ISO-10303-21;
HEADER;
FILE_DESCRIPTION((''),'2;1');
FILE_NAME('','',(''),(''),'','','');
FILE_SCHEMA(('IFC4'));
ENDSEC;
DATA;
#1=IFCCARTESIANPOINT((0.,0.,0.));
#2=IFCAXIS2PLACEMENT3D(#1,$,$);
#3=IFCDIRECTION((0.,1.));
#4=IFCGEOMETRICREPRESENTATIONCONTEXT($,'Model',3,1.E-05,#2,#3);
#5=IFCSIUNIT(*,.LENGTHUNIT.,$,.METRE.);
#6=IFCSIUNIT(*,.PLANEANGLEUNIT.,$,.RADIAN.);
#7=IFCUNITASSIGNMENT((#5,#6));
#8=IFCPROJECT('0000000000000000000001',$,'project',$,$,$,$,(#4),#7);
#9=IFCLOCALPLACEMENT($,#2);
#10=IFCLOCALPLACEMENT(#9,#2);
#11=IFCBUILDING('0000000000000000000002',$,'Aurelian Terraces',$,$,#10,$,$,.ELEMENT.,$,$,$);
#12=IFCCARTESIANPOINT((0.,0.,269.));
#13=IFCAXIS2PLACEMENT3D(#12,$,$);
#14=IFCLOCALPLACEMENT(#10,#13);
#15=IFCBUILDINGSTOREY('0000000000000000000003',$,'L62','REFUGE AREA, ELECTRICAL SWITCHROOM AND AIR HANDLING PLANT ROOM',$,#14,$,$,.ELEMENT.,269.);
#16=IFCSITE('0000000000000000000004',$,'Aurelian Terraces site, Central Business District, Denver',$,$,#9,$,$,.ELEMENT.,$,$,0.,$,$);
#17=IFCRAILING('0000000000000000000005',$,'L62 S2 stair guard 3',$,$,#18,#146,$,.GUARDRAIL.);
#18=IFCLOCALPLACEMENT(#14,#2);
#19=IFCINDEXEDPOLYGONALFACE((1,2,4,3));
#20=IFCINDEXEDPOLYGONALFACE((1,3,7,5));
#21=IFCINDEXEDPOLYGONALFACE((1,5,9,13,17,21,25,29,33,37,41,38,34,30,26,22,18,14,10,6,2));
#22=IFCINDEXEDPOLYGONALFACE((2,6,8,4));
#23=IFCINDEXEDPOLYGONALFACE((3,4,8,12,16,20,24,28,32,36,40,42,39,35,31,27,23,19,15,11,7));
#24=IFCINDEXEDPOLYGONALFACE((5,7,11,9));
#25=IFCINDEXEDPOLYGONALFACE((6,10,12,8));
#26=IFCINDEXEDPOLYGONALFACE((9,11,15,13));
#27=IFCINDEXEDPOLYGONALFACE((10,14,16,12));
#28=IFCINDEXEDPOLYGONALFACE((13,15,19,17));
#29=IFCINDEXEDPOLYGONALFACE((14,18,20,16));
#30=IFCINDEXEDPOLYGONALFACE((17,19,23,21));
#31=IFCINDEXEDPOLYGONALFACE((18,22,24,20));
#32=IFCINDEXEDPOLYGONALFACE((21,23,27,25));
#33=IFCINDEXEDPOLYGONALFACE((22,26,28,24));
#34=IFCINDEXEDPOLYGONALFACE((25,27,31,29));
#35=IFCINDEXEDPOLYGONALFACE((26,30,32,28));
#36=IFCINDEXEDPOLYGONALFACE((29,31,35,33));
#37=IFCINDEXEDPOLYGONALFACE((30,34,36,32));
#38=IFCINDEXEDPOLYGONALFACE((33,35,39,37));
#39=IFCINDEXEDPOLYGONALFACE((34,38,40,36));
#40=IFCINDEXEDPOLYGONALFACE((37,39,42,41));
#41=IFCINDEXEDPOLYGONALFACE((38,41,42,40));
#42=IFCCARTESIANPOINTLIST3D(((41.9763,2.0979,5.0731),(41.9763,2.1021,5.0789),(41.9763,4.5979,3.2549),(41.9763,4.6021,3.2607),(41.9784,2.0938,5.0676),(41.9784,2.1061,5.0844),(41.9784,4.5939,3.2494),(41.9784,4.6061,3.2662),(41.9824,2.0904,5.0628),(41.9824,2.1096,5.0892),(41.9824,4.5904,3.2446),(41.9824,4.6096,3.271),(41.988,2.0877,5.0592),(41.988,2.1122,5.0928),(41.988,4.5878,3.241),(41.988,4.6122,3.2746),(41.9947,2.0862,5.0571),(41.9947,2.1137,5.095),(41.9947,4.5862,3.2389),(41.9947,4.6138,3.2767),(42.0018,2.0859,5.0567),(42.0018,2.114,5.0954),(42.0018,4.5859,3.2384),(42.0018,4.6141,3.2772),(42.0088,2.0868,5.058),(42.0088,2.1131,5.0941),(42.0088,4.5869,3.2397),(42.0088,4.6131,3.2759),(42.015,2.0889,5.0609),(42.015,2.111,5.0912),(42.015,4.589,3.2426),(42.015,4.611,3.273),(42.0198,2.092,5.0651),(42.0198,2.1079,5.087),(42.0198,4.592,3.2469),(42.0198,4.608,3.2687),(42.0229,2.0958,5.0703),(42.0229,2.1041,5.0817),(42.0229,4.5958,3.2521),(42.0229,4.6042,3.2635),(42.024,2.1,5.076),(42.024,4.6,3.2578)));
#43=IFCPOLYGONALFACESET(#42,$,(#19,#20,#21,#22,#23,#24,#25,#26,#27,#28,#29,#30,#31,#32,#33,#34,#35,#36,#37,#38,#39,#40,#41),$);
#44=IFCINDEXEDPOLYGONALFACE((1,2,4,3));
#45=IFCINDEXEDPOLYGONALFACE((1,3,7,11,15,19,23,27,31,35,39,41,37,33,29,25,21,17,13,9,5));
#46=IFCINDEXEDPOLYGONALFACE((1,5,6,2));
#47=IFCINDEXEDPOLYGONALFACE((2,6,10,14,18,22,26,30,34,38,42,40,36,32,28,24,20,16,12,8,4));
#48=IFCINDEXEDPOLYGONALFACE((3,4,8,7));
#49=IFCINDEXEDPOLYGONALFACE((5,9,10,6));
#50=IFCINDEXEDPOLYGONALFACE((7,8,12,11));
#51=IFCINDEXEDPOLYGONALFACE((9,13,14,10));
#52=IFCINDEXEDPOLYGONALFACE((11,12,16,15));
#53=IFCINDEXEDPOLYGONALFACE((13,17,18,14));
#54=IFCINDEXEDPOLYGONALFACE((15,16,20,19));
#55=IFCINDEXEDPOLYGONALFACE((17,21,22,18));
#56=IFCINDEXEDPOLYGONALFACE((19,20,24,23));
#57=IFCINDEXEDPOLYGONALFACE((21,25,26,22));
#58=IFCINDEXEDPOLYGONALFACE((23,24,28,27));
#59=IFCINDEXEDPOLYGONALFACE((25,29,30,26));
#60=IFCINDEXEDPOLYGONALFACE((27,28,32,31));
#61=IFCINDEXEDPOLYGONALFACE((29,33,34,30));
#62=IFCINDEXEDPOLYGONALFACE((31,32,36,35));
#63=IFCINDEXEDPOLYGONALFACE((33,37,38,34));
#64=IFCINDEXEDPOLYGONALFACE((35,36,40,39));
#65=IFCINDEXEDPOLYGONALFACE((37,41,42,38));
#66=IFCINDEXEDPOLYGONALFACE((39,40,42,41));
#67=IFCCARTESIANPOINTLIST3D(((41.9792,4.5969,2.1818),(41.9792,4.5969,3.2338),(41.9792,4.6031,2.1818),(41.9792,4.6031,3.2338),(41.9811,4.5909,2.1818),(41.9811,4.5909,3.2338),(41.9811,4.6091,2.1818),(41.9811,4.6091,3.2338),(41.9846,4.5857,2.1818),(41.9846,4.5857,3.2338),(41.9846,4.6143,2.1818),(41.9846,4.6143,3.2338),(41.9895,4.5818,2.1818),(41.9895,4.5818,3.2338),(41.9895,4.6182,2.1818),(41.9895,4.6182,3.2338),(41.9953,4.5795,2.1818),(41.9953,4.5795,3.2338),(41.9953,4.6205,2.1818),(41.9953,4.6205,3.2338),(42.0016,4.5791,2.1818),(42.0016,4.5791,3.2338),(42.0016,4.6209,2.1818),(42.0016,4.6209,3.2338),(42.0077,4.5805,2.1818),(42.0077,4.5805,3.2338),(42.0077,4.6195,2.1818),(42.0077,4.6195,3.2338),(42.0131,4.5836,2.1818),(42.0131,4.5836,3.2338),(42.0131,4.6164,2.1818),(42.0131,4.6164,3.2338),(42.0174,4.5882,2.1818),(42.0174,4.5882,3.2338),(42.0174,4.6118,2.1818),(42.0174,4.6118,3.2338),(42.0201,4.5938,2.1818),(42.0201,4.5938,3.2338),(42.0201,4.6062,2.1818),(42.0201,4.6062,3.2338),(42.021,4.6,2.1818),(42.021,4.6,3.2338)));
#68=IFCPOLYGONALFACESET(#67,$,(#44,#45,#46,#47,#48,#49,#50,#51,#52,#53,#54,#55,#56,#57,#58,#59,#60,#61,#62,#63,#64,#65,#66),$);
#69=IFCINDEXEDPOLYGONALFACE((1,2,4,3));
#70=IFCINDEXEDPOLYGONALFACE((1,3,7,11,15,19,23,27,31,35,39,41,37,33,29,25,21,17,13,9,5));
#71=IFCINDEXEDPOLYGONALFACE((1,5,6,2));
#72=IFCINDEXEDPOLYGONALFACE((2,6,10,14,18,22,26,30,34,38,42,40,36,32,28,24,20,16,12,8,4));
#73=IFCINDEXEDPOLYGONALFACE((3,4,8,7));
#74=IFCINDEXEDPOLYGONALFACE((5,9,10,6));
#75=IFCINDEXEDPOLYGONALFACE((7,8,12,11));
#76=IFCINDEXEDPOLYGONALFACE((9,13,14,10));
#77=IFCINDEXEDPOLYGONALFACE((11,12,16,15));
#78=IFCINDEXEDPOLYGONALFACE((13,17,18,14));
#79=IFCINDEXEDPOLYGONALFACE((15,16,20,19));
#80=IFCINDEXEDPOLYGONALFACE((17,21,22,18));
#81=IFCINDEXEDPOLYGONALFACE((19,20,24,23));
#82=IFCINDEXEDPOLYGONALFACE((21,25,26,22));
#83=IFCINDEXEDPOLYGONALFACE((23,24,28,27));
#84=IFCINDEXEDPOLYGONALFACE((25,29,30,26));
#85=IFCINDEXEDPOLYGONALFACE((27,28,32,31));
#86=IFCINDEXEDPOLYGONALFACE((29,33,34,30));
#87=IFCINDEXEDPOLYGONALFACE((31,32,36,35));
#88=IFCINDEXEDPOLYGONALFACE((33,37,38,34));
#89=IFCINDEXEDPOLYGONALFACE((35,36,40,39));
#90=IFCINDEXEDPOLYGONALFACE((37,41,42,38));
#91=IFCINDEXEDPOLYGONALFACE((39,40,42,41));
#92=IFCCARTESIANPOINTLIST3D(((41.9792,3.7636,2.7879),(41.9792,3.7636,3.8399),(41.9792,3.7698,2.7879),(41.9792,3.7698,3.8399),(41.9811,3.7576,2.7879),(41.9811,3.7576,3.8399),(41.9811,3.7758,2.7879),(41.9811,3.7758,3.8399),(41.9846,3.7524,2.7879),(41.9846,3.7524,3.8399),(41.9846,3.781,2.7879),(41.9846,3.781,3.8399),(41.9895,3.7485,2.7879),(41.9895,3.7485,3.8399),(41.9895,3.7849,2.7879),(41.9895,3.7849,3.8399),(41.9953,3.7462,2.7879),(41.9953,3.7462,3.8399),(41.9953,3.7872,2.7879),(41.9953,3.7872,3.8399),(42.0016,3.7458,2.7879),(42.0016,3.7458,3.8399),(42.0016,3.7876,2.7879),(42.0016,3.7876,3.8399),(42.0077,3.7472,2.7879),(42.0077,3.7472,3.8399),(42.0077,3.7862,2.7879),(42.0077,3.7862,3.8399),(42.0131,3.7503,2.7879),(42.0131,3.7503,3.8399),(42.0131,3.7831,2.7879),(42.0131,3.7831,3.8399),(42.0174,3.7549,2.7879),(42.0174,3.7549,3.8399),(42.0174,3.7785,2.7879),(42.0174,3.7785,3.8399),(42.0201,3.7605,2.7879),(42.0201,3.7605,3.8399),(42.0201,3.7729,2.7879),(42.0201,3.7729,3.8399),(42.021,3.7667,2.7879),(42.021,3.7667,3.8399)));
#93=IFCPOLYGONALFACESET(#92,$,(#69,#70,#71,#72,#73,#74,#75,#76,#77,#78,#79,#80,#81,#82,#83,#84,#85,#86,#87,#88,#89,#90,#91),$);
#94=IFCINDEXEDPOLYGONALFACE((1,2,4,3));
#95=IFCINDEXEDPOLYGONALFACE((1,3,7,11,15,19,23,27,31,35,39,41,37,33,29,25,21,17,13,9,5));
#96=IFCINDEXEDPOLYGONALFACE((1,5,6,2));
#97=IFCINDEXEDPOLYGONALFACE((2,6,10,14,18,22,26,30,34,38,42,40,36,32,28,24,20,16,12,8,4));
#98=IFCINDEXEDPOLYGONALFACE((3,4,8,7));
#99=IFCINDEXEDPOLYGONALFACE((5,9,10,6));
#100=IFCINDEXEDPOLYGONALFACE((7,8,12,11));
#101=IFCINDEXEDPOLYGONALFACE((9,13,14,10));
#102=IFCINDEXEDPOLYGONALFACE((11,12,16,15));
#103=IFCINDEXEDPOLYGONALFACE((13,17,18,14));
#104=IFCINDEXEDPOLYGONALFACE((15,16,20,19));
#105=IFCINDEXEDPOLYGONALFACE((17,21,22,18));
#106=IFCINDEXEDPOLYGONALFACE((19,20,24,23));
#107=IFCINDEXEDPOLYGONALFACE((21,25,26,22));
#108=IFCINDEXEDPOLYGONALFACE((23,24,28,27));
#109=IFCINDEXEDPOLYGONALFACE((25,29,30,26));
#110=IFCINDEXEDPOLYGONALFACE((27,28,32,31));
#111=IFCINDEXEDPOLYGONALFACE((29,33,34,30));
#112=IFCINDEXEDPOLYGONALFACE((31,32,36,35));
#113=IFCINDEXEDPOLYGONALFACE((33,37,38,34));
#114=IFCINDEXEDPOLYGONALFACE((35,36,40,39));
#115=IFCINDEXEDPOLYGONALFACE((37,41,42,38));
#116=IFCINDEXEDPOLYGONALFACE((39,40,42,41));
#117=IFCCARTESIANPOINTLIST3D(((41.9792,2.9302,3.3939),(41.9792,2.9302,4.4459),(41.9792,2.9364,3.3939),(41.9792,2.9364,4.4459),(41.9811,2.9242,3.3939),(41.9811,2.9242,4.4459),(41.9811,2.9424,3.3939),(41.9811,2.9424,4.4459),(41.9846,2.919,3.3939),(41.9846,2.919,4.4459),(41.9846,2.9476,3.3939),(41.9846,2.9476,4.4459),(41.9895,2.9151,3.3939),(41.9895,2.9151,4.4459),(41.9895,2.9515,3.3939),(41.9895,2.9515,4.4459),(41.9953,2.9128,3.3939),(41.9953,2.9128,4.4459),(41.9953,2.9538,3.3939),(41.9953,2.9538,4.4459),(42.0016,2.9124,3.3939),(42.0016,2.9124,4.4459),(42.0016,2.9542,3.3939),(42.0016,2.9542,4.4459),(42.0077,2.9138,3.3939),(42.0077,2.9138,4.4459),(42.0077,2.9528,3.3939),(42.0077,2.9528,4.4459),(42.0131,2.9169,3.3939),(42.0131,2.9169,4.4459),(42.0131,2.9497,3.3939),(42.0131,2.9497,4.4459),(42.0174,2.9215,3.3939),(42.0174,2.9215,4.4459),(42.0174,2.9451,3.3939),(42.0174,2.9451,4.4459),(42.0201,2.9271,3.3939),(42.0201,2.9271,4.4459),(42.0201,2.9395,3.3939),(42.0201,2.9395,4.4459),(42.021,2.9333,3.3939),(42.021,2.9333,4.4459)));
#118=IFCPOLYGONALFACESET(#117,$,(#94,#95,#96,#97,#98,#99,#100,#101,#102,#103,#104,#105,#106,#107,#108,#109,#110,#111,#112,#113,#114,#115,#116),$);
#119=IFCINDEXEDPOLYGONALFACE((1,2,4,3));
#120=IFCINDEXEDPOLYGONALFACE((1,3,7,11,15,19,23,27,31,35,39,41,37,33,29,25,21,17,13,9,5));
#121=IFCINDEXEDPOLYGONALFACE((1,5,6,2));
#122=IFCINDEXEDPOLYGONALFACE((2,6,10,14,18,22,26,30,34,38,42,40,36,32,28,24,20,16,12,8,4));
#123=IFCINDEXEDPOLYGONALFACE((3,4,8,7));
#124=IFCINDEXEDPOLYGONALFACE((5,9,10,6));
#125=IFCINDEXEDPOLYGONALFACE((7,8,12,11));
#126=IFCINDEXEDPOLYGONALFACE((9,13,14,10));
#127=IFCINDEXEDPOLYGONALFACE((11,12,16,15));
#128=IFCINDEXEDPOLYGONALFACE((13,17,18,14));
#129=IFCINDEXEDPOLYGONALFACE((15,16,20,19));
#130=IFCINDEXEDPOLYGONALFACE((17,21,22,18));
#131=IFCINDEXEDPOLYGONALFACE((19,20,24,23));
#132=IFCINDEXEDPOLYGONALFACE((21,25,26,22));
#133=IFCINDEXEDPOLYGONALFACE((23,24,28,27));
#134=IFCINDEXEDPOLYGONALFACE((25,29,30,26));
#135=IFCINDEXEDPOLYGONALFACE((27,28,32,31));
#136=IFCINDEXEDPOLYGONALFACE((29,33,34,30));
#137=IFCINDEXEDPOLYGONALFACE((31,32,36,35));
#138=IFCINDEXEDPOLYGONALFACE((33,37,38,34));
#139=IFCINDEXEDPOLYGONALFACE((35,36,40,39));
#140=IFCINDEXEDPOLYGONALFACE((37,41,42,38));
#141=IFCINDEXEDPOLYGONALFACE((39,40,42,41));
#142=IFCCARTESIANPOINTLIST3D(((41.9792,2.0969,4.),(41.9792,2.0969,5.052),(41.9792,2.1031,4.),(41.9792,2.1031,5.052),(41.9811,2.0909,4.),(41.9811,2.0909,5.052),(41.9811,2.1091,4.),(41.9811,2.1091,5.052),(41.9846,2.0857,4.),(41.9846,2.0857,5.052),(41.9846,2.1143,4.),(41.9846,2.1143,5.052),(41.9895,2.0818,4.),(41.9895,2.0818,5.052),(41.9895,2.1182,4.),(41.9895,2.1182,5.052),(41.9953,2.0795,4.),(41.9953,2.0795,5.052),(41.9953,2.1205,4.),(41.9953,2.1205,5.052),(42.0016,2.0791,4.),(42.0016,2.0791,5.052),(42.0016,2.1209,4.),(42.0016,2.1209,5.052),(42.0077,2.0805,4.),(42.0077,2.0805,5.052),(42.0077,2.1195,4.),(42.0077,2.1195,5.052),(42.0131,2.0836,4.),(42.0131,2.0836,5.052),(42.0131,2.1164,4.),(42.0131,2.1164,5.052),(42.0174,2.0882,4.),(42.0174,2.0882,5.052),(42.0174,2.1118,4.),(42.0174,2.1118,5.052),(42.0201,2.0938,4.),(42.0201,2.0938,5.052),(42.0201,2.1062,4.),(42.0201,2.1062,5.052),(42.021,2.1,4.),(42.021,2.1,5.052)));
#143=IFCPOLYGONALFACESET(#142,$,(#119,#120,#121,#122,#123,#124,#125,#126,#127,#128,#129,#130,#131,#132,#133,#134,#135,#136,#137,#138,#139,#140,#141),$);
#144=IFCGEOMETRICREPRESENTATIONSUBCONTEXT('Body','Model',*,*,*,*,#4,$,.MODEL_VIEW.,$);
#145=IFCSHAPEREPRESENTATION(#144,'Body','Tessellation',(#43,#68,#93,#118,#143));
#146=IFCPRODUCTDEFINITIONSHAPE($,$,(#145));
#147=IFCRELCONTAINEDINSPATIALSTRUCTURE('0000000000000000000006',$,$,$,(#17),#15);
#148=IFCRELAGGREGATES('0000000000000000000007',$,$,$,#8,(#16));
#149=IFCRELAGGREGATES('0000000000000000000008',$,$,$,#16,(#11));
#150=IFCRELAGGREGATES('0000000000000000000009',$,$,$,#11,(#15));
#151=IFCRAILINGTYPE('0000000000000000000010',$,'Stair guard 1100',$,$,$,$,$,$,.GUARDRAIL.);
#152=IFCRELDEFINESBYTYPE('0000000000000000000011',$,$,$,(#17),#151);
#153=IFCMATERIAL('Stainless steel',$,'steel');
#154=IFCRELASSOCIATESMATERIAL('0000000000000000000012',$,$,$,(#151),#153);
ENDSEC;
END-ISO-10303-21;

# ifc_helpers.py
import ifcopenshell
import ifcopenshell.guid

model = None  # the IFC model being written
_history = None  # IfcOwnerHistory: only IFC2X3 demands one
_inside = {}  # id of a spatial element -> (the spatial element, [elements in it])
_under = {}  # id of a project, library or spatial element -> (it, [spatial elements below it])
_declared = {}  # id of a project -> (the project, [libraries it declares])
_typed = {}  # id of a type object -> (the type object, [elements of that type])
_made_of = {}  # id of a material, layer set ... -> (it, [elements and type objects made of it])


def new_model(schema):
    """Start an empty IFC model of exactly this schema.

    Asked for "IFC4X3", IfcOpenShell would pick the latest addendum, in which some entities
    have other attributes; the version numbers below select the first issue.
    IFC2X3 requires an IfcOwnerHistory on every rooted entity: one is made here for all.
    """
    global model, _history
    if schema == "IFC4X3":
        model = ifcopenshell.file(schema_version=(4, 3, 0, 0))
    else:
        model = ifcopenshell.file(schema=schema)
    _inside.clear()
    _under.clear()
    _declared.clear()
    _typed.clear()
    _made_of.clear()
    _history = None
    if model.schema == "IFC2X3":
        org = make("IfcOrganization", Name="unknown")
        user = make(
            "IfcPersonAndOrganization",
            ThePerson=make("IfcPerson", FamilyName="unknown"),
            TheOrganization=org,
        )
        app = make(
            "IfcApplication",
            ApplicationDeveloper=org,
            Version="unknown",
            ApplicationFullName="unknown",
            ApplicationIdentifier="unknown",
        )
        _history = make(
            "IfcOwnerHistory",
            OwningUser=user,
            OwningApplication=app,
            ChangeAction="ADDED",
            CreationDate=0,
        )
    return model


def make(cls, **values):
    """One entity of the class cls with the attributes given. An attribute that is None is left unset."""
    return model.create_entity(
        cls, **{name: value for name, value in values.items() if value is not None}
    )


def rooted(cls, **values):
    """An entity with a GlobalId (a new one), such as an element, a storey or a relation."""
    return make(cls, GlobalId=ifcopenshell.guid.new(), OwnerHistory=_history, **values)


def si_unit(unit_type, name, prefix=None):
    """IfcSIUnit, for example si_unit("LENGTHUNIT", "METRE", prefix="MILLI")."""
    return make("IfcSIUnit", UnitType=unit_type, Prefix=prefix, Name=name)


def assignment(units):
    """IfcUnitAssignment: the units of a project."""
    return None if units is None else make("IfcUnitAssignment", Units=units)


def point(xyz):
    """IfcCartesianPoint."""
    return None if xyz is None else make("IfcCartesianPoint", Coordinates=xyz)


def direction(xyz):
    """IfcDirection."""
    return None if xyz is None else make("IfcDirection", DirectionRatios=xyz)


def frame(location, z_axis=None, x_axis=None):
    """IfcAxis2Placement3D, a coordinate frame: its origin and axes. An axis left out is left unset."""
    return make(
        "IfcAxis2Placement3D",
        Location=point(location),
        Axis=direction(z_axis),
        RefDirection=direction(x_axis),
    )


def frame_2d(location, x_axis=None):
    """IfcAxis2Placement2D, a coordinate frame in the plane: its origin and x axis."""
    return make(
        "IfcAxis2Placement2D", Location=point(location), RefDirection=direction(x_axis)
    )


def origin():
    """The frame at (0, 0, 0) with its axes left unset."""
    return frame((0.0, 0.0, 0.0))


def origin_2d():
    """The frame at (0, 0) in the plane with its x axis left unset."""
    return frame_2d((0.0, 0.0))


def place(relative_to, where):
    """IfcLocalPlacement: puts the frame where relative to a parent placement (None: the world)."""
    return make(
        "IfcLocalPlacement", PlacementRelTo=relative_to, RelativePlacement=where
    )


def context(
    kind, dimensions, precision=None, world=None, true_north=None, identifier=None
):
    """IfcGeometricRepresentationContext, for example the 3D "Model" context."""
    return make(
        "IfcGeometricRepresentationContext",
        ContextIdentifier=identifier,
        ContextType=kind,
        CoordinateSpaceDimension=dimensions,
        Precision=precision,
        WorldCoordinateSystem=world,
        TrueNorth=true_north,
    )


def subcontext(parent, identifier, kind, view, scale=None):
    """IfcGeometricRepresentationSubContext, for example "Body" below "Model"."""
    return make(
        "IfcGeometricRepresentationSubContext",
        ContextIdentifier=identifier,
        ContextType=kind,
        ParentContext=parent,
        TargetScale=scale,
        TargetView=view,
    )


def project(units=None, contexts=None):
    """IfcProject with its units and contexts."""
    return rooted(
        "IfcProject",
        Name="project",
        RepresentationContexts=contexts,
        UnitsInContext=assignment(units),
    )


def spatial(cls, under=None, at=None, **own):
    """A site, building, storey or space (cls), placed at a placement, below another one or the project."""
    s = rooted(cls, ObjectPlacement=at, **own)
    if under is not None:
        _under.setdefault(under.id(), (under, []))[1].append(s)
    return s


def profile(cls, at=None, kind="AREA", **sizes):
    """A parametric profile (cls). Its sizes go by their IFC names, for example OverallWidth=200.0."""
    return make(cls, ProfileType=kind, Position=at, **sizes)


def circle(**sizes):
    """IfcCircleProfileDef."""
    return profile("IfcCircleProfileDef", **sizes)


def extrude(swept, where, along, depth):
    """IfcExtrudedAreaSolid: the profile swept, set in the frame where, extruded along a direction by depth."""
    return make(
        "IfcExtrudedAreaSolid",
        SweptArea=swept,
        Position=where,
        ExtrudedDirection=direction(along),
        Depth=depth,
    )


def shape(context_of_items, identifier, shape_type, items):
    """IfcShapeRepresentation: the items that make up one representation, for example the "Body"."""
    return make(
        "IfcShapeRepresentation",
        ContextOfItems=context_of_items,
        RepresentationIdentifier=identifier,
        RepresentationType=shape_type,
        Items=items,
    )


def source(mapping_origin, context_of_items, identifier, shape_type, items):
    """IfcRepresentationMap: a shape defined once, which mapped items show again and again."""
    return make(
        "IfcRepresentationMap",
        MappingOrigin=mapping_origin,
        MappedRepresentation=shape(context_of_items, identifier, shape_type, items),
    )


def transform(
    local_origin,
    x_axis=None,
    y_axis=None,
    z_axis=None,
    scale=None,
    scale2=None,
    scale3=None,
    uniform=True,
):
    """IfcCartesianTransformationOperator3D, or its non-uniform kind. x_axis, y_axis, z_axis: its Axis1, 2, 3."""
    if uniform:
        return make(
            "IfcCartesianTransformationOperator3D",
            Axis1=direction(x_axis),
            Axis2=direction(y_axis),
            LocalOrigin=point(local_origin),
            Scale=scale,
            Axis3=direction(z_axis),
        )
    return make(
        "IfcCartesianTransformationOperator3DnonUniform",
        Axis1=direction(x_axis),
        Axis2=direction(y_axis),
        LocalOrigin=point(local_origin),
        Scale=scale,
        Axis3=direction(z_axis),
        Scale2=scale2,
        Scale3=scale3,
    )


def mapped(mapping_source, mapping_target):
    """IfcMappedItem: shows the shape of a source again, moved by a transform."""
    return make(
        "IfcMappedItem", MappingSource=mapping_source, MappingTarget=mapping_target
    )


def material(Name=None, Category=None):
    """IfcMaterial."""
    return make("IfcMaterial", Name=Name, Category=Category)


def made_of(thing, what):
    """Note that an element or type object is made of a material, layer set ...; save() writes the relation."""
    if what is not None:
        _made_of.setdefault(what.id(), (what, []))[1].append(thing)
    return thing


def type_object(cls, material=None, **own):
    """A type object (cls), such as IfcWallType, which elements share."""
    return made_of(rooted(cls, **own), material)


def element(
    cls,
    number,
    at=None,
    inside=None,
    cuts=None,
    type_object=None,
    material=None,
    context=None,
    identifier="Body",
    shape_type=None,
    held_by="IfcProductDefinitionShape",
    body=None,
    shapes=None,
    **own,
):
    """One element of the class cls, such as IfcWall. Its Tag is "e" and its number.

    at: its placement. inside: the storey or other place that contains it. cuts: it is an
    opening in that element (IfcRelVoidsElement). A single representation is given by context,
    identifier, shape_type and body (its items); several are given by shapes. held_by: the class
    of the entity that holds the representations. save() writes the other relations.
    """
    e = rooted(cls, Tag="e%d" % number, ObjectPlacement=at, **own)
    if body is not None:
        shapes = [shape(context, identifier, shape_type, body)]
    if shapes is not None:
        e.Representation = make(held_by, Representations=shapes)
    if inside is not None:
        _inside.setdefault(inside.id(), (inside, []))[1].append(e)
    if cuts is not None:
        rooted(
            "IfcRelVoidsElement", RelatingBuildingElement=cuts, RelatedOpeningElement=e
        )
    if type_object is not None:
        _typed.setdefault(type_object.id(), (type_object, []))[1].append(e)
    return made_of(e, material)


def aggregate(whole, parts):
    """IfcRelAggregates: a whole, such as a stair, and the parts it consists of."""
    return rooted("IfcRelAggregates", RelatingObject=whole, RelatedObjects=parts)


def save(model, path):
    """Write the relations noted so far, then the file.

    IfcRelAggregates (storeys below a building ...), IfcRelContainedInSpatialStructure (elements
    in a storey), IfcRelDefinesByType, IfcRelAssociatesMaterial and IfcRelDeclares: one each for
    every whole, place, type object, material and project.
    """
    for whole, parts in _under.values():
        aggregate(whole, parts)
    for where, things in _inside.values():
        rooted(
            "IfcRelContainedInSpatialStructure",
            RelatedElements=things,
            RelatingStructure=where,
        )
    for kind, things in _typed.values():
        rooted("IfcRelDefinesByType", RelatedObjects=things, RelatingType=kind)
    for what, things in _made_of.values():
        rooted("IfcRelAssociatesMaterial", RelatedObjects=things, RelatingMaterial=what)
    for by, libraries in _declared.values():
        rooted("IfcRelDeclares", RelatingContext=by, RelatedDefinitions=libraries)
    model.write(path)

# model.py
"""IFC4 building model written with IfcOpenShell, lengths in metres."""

from ifc_helpers import new_model, si_unit, direction, frame, origin, origin_2d, place, context, subcontext, project, spatial, circle, extrude, source, transform, mapped, material, type_object, element, save


model = new_model("IFC4")

# Units and contexts
model_context = context("Model", 3, precision=1e-05, world=origin(), true_north=direction((0.0, 1.0)))
body_context = subcontext(model_context, "Body", "Model", "MODEL_VIEW")
ifc_project = project(units=[si_unit("LENGTHUNIT", "METRE"), si_unit("PLANEANGLEUNIT", "RADIAN")], contexts=[model_context])

# Site, building, storey
site_placement = place(None, origin())
site = spatial("IfcSite", under=ifc_project, at=site_placement, Name="Aurelian Terraces site, Central Business District, Denver", CompositionType="ELEMENT", RefElevation=0.0)
building_placement = place(site_placement, origin())
building = spatial("IfcBuilding", under=site, at=building_placement, Name="Aurelian Terraces", CompositionType="ELEMENT")
storey_placement = place(building_placement, frame((0.0, 0.0, 269.0)))
storey = spatial("IfcBuildingStorey", under=building, at=storey_placement, Name="L62", Description="REFUGE AREA, ELECTRICAL SWITCHROOM AND AIR HANDLING PLANT ROOM", CompositionType="ELEMENT", Elevation=269.0)

# Railing
ifc_material_1 = material(Name="Stainless steel", Category="steel")
railing_type_1 = type_object("IfcRailingType", Name="Stair guard 1100", PredefinedType="GUARDRAIL", material=ifc_material_1)
shared_shape_1 = source(origin(), body_context, "Body", "SweptSolid", [
    extrude(circle(Radius=0.024, at=origin_2d()), frame((0.0, 0.0, 1.076), z_axis=(0.0, -0.808733, 0.588176), x_axis=(1.0, 0.0, 0.0)), (0.0, 0.0, 1.0), 3.0913),
    extrude(circle(Radius=0.021, at=origin_2d()), origin(), (0.0, 0.0, 1.0), 1.052),
    extrude(circle(Radius=0.021, at=origin_2d()), frame((0.0, -0.8333, 0.6061)), (0.0, 0.0, 1.0), 1.052),
    extrude(circle(Radius=0.021, at=origin_2d()), frame((0.0, -1.6667, 1.2121)), (0.0, 0.0, 1.0), 1.052),
    extrude(circle(Radius=0.021, at=origin_2d()), frame((0.0, -2.5, 1.8182)), (0.0, 0.0, 1.0), 1.052),
])
for number, where, name in (
    (1, (42.0, 4.6, 2.1818), "L62 S2 stair guard 3"),
):
    element("IfcRailing", number, at=place(storey_placement, frame(where)), inside=storey, type_object=railing_type_1, Name=name, PredefinedType="GUARDRAIL", context=body_context, shape_type="MappedRepresentation", body=[
        mapped(shared_shape_1, transform((0.0, 0.0, 0.0), scale=1.0)),
    ])

save(model, "model.ifc")
